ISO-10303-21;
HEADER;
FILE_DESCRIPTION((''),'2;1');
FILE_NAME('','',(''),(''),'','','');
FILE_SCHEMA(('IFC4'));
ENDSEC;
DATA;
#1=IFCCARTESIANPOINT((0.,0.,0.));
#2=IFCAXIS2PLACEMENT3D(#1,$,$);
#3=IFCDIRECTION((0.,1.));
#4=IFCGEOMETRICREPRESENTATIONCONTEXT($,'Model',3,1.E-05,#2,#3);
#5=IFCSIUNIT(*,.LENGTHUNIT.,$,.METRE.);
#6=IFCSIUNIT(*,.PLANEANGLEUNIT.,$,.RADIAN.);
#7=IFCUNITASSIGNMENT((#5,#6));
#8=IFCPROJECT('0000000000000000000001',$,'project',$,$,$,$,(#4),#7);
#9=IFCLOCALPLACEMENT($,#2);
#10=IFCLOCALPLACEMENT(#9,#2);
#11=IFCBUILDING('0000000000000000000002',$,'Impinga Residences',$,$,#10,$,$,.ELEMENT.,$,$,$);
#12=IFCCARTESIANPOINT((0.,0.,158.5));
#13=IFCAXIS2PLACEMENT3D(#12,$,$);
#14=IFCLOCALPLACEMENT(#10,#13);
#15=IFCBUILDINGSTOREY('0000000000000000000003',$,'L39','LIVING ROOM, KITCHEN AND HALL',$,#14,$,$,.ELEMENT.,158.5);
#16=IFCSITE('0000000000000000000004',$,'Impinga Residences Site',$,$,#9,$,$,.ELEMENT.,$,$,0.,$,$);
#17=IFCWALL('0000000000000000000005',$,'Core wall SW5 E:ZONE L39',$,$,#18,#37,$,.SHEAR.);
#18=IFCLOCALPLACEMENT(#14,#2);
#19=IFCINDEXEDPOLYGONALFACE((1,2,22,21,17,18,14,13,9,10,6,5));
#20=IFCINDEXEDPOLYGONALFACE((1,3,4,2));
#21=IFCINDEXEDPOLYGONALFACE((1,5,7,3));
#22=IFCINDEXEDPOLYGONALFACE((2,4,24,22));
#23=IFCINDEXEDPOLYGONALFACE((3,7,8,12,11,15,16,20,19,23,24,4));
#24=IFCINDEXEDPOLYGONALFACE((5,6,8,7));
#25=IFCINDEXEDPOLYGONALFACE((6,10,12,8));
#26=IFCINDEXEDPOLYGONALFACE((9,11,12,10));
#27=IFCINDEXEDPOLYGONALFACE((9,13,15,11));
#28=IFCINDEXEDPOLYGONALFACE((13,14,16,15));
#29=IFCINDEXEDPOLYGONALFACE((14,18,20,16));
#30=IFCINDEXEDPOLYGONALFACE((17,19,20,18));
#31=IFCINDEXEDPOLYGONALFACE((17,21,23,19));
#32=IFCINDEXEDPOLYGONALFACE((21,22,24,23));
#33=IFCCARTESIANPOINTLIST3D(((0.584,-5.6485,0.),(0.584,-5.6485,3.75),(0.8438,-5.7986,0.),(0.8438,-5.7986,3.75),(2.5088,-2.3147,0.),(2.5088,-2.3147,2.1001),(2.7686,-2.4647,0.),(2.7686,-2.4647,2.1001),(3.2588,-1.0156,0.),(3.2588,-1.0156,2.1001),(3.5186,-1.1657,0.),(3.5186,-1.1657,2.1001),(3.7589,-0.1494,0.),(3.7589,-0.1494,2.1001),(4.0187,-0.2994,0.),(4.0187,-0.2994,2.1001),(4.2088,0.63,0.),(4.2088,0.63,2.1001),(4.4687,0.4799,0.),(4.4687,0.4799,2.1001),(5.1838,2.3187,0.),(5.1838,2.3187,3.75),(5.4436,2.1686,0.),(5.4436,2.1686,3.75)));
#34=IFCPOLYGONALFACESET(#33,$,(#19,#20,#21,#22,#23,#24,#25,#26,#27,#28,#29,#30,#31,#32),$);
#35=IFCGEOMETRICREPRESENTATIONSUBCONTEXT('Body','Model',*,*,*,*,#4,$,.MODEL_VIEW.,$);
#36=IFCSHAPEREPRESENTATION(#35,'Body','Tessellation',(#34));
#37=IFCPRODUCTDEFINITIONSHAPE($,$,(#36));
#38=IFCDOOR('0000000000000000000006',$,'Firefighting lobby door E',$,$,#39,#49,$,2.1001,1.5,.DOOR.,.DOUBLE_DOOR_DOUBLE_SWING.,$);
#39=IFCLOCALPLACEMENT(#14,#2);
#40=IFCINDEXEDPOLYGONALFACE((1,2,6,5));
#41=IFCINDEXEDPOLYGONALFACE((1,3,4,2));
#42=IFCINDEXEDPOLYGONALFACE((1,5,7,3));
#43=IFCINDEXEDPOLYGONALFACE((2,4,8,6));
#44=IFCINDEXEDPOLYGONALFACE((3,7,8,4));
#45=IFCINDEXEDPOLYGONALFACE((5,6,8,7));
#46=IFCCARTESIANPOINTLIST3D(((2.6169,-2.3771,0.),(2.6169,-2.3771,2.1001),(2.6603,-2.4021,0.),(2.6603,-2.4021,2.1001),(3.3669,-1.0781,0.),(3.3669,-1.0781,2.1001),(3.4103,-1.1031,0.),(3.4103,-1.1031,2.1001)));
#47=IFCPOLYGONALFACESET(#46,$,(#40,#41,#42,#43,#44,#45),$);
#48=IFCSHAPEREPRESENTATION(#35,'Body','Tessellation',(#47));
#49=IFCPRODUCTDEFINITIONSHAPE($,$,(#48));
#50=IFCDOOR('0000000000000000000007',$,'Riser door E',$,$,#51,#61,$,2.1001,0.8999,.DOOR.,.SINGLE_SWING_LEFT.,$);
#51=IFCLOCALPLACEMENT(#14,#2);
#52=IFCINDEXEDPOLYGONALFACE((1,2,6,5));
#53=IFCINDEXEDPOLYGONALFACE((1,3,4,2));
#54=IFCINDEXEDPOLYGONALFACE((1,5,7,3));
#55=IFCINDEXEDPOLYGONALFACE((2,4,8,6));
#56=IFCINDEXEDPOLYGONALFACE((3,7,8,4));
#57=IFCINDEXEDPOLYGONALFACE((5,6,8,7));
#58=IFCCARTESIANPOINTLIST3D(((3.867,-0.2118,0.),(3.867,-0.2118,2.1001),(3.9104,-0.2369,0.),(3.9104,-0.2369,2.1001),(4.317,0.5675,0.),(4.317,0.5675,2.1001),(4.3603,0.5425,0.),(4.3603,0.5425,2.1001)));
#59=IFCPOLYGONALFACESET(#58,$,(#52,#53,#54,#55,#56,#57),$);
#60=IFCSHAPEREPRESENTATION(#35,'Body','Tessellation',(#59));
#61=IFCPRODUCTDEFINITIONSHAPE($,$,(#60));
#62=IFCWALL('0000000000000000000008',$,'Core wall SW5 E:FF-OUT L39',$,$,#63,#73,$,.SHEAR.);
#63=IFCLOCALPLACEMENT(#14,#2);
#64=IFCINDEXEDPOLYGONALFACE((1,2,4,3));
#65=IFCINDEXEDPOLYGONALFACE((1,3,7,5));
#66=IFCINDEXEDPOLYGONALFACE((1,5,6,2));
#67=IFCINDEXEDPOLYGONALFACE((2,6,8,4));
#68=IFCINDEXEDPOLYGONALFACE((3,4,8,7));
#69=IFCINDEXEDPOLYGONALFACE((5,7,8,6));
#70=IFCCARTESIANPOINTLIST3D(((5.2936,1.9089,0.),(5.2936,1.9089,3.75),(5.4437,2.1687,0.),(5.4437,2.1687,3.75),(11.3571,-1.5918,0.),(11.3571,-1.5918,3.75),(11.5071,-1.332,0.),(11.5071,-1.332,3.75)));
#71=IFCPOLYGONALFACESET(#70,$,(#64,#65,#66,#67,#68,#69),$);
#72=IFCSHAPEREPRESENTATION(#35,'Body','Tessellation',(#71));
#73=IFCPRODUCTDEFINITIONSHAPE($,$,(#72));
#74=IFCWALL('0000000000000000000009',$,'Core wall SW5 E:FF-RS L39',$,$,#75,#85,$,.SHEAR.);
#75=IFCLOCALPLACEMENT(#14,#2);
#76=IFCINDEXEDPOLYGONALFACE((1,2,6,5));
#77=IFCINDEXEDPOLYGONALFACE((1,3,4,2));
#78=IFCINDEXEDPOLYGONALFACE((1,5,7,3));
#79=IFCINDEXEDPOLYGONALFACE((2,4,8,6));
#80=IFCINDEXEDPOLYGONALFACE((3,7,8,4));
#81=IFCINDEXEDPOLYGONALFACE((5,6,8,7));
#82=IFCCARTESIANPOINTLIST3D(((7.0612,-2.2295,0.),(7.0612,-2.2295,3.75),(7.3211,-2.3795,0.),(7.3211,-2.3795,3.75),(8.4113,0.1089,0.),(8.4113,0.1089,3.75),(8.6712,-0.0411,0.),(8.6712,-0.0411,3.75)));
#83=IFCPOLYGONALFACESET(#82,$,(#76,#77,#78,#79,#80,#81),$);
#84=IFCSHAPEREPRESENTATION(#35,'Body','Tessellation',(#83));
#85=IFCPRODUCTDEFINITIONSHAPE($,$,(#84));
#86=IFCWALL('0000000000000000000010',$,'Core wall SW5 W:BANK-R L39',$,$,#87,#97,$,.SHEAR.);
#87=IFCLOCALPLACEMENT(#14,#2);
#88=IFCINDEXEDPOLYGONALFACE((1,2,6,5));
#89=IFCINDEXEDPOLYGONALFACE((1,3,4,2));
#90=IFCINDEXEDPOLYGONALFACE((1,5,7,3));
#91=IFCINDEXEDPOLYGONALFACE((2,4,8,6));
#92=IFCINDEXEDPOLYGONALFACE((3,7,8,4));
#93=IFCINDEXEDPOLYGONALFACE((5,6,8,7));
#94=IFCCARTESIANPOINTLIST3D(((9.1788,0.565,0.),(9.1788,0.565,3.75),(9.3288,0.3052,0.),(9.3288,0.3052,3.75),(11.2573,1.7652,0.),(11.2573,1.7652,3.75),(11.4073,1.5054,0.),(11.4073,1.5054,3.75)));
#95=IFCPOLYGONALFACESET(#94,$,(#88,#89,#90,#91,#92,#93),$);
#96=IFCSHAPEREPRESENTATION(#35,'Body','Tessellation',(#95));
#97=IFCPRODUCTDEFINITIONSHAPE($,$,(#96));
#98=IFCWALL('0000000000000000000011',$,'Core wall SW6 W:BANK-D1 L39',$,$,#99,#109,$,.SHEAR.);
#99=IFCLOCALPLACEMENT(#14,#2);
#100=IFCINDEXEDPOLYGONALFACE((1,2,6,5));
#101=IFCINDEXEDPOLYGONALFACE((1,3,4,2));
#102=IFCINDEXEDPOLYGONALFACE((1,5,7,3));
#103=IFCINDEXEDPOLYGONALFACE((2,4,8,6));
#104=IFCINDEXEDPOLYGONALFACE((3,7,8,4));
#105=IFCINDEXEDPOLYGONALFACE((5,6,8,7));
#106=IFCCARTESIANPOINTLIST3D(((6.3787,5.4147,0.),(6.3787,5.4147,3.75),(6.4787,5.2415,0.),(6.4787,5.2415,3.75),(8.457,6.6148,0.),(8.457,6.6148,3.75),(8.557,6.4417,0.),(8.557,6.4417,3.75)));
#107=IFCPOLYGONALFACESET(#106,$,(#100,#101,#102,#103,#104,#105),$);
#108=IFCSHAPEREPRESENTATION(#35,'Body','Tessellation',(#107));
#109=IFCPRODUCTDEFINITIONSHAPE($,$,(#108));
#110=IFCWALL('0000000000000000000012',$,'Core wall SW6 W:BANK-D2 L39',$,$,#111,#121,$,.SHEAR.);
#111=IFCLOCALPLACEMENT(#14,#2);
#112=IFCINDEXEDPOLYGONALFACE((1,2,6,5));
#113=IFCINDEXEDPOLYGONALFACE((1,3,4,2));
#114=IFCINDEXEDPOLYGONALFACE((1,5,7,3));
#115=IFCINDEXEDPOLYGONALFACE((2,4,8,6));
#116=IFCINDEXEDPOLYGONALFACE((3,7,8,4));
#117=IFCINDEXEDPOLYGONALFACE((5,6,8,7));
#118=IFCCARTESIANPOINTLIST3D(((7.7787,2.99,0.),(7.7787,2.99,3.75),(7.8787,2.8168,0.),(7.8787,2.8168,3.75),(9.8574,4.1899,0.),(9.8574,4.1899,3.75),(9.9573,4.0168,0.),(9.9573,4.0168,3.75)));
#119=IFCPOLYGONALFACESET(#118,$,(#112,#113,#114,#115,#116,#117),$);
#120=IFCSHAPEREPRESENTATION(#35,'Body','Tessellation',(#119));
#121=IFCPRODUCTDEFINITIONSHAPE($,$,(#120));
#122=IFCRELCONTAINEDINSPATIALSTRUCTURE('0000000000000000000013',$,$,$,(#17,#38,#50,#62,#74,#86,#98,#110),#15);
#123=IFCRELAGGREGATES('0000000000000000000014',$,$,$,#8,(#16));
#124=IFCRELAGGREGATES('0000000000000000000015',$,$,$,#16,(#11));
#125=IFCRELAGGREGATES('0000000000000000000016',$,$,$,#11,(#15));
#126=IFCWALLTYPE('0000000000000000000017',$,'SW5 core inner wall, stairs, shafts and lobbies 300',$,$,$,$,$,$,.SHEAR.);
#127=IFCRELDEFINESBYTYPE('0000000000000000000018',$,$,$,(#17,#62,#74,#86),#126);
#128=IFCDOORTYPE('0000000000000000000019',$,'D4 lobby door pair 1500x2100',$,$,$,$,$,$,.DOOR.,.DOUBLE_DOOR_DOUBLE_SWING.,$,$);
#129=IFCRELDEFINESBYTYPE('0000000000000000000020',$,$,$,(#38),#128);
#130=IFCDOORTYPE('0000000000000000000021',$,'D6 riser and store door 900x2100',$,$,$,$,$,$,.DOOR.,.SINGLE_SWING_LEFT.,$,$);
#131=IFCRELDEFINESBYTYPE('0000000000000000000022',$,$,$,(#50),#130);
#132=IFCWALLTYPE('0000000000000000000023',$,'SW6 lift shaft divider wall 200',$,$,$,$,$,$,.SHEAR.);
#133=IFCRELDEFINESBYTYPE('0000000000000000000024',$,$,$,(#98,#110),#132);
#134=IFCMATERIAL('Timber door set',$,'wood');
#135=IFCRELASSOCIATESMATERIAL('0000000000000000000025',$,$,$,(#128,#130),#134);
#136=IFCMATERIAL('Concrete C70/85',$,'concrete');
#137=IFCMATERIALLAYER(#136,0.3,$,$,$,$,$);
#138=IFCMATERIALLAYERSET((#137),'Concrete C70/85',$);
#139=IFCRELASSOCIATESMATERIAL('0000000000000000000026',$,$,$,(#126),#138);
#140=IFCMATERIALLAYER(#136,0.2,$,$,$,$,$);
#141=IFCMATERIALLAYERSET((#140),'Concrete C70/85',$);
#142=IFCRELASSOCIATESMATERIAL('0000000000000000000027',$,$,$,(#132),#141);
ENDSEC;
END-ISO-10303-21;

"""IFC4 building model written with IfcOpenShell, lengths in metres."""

from ifc_helpers import new_model, si_unit, direction, frame, frame_2d, origin, place, context, subcontext, project, spatial, rectangle, extrude, material, layer, layer_set, type_object, element, fill, save


model = new_model("IFC4")

# Units and contexts
model_context = context("Model", 3, precision=1e-05, world=origin(), true_north=direction((0.0, 1.0)))
body_context = subcontext(model_context, "Body", "Model", "MODEL_VIEW")
ifc_project = project(units=[si_unit("LENGTHUNIT", "METRE"), si_unit("PLANEANGLEUNIT", "RADIAN")], contexts=[model_context])

# Site, building, storey
site_placement = place(None, origin())
site = spatial("IfcSite", under=ifc_project, at=site_placement, Name="Impinga Residences Site", CompositionType="ELEMENT", RefElevation=0.0)
building_placement = place(site_placement, origin())
building = spatial("IfcBuilding", under=site, at=building_placement, Name="Impinga Residences", CompositionType="ELEMENT")
storey_placement = place(building_placement, frame((0.0, 0.0, 158.5)))
storey = spatial("IfcBuildingStorey", under=building, at=storey_placement, Name="L39", Description="LIVING ROOM, KITCHEN AND HALL", CompositionType="ELEMENT", Elevation=158.5)

# Shared definitions
ifc_material_1 = material(Name="Timber door set", Category="wood")

# Shared definitions
door_type_1 = type_object("IfcDoorType", Name="D4 lobby door pair 1500x2100", OperationType="DOUBLE_DOOR_DOUBLE_SWING", PredefinedType="DOOR", material=ifc_material_1)

# Wall, openings, doors
ifc_material_2 = material(Name="Concrete C70/85", Category="concrete")
ifc_layer_1 = layer(ifc_material_2, 0.3)
ifc_layer_set_1 = layer_set([ifc_layer_1], Name="Concrete C70/85")
wall_type_1 = type_object("IfcWallType", Name="SW5 core inner wall, stairs, shafts and lobbies 300", PredefinedType="SHEAR", material=ifc_layer_set_1)
wall_1_placement = place(storey_placement, frame((5.3137, 2.2437, 0.0), z_axis=(0.0, 0.0, 1.0), x_axis=(-0.499995, -0.866028, 0.0)))
wall_1 = element("IfcWall", 1, at=wall_1_placement, inside=storey, type_object=wall_type_1, Name="Core wall SW5 E:ZONE L39", PredefinedType="SHEAR", context=body_context, shape_type="SweptSolid", body=[
    extrude(rectangle(XDim=9.1997, YDim=0.3, at=frame_2d((4.5999, 0.0))), origin(), (0.0, 0.0, 1.0), 3.75),
])
opening_1_placement = place(wall_1_placement, frame((3.8501, 0.0, 0.0)))
opening_1 = element("IfcOpeningElement", 2, at=opening_1_placement, cuts=wall_1, PredefinedType="OPENING", context=body_context, shape_type="SweptSolid", body=[
    extrude(rectangle(XDim=1.5, YDim=2.1001, at=frame_2d((0.75, 1.05))), frame((0.0, 0.1599, 0.0), z_axis=(0.0, -1.0, 0.0), x_axis=(1.0, 0.0, 0.0)), (0.0, 0.0, 1.0), 0.3201),
])
opening_2_placement = place(wall_1_placement, frame((1.95, 0.0, 0.0)))
opening_2 = element("IfcOpeningElement", 3, at=opening_2_placement, cuts=wall_1, PredefinedType="OPENING", context=body_context, shape_type="SweptSolid", body=[
    extrude(rectangle(XDim=0.8999, YDim=2.1001, at=frame_2d((0.45, 1.05))), frame((0.0, 0.1599, 0.0), z_axis=(0.0, -1.0, 0.0), x_axis=(1.0, 0.0, 0.0)), (0.0, 0.0, 1.0), 0.3201),
])
door_1_placement = place(opening_1_placement, origin())
door_1 = element("IfcDoor", 4, at=door_1_placement, inside=storey, type_object=door_type_1, Name="Firefighting lobby door E", OperationType="DOUBLE_DOOR_DOUBLE_SWING", OverallHeight=2.1001, OverallWidth=1.5, PredefinedType="DOOR", context=body_context, shape_type="SweptSolid", body=[
    extrude(rectangle(XDim=1.5, YDim=2.1001, at=frame_2d((0.75, 1.05))), frame((0.0, 0.0249, 0.0), z_axis=(0.0, -1.0, 0.0), x_axis=(1.0, 0.0, 0.0)), (0.0, 0.0, 1.0), 0.05),
])
fill(opening_1, door_1)
door_type_2 = type_object("IfcDoorType", Name="D6 riser and store door 900x2100", OperationType="SINGLE_SWING_LEFT", PredefinedType="DOOR", material=ifc_material_1)
door_2_placement = place(opening_2_placement, origin())
door_2 = element("IfcDoor", 5, at=door_2_placement, inside=storey, type_object=door_type_2, Name="Riser door E", OperationType="SINGLE_SWING_LEFT", OverallHeight=2.1001, OverallWidth=0.8999, PredefinedType="DOOR", context=body_context, shape_type="SweptSolid", body=[
    extrude(rectangle(XDim=0.8999, YDim=2.1001, at=frame_2d((0.45, 1.05))), frame((0.0, 0.0249, 0.0), z_axis=(0.0, -1.0, 0.0), x_axis=(1.0, 0.0, 0.0)), (0.0, 0.0, 1.0), 0.05),
])
fill(opening_2, door_2)

# Walls
wall_2_placement = place(storey_placement, frame((5.3687, 2.0388, 0.0), z_axis=(0.0, 0.0, 1.0), x_axis=(0.866026, -0.499998, 0.0)))
element("IfcWall", 6, at=wall_2_placement, inside=storey, type_object=wall_type_1, Name="Core wall SW5 E:FF-OUT L39", PredefinedType="SHEAR", context=body_context, shape_type="SweptSolid", body=[
    extrude(rectangle(XDim=7.0015, YDim=0.3, at=frame_2d((3.5007, 0.0))), origin(), (0.0, 0.0, 1.0), 3.75),
])
wall_3_placement = place(storey_placement, frame((8.5413, 0.0339, 0.0), z_axis=(0.0, 0.0, 1.0), x_axis=(-0.500009, -0.86602, 0.0)))
element("IfcWall", 7, at=wall_3_placement, inside=storey, type_object=wall_type_1, Name="Core wall SW5 E:FF-RS L39", PredefinedType="SHEAR", context=body_context, shape_type="SweptSolid", body=[
    extrude(rectangle(XDim=2.7002, YDim=0.3, at=frame_2d((1.3501, 0.0))), origin(), (0.0, 0.0, 1.0), 3.75),
])
wall_4_placement = place(storey_placement, frame((9.2537, 0.4351, 0.0), z_axis=(0.0, 0.0, 1.0), x_axis=(0.866006, 0.500034, 0.0)))
element("IfcWall", 8, at=wall_4_placement, inside=storey, type_object=wall_type_1, Name="Core wall SW5 W:BANK-R L39", PredefinedType="SHEAR", context=body_context, shape_type="SweptSolid", body=[
    extrude(rectangle(XDim=2.4001, YDim=0.3, at=frame_2d((1.2002, 0.0))), origin(), (0.0, 0.0, 1.0), 3.75),
])
ifc_layer_2 = layer(ifc_material_2, 0.2)
ifc_layer_set_2 = layer_set([ifc_layer_2], Name="Concrete C70/85")
wall_type_2 = type_object("IfcWallType", Name="SW6 lift shaft divider wall 200", PredefinedType="SHEAR", material=ifc_layer_set_2)
wall_5_placement = place(storey_placement, frame((6.4287, 5.3281, 0.0), z_axis=(0.0, 0.0, 1.0), x_axis=(0.865981, 0.500078, 0.0)))
element("IfcWall", 9, at=wall_5_placement, inside=storey, type_object=wall_type_2, Name="Core wall SW6 W:BANK-D1 L39", PredefinedType="SHEAR", context=body_context, shape_type="SweptSolid", body=[
    extrude(rectangle(XDim=2.3999, YDim=0.2, at=frame_2d((1.2, 0.0))), origin(), (0.0, 0.0, 1.0), 3.75),
])
wall_6_placement = place(storey_placement, frame((7.8286, 2.9033, 0.0), z_axis=(0.0, 0.0, 1.0), x_axis=(0.86605, 0.499957, 0.0)))
element("IfcWall", 10, at=wall_6_placement, inside=storey, type_object=wall_type_2, Name="Core wall SW6 W:BANK-D2 L39", PredefinedType="SHEAR", context=body_context, shape_type="SweptSolid", body=[
    extrude(rectangle(XDim=2.4001, YDim=0.2, at=frame_2d((1.2002, 0.0))), origin(), (0.0, 0.0, 1.0), 3.75),
])

save(model, "model.ifc")
